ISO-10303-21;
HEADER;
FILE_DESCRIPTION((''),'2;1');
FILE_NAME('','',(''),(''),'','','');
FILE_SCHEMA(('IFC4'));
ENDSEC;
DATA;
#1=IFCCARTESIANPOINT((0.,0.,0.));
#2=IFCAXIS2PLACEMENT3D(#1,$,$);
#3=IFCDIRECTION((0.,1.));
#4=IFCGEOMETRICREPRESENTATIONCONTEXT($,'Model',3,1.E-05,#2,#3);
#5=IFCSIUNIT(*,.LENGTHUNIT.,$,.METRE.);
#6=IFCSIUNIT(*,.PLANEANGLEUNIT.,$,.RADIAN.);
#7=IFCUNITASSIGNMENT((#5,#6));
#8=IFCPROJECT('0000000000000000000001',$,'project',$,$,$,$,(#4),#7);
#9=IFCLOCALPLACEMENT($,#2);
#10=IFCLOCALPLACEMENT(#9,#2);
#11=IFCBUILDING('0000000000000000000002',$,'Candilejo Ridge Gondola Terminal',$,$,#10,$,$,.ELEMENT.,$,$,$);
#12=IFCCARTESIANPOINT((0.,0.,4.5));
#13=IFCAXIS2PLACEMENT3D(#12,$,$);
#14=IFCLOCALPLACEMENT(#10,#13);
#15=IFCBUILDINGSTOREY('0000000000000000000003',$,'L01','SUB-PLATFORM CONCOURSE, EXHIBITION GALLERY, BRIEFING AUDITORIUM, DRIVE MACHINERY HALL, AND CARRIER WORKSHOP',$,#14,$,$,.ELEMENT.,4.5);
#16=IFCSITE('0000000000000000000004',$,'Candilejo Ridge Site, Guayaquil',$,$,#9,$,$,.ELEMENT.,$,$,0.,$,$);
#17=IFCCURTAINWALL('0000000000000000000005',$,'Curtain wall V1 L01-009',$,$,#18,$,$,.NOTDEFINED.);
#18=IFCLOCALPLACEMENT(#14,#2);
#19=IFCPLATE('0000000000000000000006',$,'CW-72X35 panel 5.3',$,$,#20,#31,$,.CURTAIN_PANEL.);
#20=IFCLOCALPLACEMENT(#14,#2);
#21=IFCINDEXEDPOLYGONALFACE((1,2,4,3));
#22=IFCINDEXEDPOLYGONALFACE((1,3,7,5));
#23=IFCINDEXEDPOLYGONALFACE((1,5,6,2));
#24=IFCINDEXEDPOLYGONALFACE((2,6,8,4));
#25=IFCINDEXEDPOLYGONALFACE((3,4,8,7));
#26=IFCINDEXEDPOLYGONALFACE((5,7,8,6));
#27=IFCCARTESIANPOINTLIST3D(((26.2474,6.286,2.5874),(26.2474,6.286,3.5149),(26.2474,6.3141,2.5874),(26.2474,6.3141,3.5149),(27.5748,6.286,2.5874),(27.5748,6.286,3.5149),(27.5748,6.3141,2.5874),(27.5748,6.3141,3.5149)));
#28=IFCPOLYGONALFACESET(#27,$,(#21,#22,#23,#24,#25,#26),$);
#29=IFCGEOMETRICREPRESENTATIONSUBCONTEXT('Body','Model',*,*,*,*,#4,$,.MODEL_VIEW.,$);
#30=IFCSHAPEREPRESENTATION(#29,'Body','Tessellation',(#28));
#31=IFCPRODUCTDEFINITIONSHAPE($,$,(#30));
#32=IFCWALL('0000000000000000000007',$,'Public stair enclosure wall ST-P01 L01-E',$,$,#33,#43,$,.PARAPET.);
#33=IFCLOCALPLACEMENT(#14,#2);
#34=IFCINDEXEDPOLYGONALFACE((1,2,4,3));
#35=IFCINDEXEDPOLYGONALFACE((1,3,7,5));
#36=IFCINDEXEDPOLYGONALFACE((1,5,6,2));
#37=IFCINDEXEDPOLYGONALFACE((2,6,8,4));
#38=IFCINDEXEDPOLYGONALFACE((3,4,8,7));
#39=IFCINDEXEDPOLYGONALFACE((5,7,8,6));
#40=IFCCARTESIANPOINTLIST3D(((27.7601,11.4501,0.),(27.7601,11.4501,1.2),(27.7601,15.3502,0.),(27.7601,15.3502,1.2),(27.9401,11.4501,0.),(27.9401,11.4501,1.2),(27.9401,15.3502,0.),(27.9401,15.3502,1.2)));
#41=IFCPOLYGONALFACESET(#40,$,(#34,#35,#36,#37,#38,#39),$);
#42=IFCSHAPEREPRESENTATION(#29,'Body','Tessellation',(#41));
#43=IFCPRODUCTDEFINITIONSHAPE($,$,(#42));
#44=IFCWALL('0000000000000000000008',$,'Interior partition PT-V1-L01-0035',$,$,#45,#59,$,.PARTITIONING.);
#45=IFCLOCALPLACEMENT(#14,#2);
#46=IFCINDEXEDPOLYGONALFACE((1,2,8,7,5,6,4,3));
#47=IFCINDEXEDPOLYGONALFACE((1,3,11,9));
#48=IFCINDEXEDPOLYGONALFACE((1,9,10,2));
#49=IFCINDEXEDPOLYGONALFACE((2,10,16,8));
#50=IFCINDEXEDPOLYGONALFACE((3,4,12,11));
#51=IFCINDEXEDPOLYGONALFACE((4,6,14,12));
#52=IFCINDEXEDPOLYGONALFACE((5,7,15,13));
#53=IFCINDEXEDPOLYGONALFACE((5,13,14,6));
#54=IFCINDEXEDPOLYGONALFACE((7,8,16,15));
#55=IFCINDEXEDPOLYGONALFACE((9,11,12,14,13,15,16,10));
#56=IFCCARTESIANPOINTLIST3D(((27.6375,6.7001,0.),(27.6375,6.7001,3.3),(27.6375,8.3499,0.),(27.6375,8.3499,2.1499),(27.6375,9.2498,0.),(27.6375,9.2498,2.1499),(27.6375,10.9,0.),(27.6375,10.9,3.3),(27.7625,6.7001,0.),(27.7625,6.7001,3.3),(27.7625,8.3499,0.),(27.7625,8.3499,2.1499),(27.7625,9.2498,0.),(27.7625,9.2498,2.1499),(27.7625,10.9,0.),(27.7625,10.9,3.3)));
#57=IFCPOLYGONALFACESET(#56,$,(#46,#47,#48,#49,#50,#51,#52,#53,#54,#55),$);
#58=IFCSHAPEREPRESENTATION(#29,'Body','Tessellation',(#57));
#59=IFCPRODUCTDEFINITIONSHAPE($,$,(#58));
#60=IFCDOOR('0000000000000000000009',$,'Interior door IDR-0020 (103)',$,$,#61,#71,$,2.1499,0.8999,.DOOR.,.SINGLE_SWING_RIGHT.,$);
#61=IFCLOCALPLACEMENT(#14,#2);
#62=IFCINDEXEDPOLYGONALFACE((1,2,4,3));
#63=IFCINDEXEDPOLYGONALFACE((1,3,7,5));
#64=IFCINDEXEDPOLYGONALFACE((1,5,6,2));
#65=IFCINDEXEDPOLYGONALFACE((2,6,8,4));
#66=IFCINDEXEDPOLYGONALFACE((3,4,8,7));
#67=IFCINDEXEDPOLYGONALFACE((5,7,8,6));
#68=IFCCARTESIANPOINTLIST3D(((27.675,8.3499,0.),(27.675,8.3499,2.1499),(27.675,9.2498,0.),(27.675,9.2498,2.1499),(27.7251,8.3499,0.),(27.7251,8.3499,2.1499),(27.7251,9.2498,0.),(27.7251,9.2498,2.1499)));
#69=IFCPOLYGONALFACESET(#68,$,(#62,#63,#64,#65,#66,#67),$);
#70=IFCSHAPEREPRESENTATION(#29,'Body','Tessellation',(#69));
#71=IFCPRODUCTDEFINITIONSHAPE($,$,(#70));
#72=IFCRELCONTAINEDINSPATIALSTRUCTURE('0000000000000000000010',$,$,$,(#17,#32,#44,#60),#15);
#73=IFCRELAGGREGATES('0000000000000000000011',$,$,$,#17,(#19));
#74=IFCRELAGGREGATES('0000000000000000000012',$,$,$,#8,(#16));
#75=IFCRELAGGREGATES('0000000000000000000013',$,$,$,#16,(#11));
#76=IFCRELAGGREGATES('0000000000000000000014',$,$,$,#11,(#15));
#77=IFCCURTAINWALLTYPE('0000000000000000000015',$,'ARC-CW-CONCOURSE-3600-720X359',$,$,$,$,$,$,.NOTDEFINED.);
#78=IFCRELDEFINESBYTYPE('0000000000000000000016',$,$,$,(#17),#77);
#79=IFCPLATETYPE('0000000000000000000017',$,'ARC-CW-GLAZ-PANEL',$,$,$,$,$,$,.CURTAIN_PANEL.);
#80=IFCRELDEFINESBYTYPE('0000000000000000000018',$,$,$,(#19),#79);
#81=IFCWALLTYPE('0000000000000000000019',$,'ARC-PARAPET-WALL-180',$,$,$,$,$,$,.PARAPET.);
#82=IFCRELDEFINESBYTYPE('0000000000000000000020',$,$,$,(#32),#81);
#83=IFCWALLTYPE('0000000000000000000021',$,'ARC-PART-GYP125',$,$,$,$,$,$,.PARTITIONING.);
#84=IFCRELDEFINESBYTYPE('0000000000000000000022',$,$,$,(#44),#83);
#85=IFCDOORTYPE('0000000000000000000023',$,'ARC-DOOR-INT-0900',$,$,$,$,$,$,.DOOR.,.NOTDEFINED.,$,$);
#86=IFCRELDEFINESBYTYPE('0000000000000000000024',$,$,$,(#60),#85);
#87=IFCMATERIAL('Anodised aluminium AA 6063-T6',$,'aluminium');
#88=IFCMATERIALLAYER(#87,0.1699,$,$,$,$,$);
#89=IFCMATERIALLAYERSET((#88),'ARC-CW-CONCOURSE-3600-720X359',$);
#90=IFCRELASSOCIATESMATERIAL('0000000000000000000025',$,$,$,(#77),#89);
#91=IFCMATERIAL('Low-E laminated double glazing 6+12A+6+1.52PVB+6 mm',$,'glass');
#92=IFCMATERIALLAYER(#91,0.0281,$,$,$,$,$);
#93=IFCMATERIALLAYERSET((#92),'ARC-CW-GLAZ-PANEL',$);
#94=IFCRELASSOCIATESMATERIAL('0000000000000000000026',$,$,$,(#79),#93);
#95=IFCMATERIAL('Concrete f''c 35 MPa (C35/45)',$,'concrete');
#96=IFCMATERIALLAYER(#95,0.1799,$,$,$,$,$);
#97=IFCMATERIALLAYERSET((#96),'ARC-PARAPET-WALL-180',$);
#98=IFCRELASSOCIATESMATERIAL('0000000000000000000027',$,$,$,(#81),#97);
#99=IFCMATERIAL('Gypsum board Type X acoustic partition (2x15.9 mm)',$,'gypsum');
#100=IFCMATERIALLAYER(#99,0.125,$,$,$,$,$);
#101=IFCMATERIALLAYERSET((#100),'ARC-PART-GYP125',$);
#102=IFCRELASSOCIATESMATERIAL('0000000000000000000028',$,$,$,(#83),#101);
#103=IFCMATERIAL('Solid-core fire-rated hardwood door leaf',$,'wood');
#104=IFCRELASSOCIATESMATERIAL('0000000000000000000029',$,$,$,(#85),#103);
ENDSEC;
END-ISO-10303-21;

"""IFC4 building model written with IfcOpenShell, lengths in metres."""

from ifc_helpers import new_model, si_unit, direction, frame, frame_2d, origin, origin_2d, place, context, subcontext, project, spatial, rectangle, extrude, material, layer, layer_set, type_object, element, fill, aggregate, save


model = new_model("IFC4")

# Units and contexts
model_context = context("Model", 3, precision=1e-05, world=origin(), true_north=direction((0.0, 1.0)))
body_context = subcontext(model_context, "Body", "Model", "MODEL_VIEW")
ifc_project = project(units=[si_unit("LENGTHUNIT", "METRE"), si_unit("PLANEANGLEUNIT", "RADIAN")], contexts=[model_context])

# Site, building, storey
site_placement = place(None, origin())
site = spatial("IfcSite", under=ifc_project, at=site_placement, Name="Candilejo Ridge Site, Guayaquil", CompositionType="ELEMENT", RefElevation=0.0)
building_placement = place(site_placement, origin())
building = spatial("IfcBuilding", under=site, at=building_placement, Name="Candilejo Ridge Gondola Terminal", CompositionType="ELEMENT")
storey_placement = place(building_placement, frame((0.0, 0.0, 4.5)))
storey = spatial("IfcBuildingStorey", under=building, at=storey_placement, Name="L01", Description="SUB-PLATFORM CONCOURSE, EXHIBITION GALLERY, BRIEFING AUDITORIUM, DRIVE MACHINERY HALL, AND CARRIER WORKSHOP", CompositionType="ELEMENT", Elevation=4.5)

# Curtain wall
ifc_material_1 = material(Name="Anodised aluminium AA 6063-T6", Category="aluminium")
ifc_layer_1 = layer(ifc_material_1, 0.1699)
ifc_layer_set_1 = layer_set([ifc_layer_1], Name="ARC-CW-CONCOURSE-3600-720X359")
curtain_wall_type = type_object("IfcCurtainWallType", Name="ARC-CW-CONCOURSE-3600-720X359", PredefinedType="NOTDEFINED", material=ifc_layer_set_1)
curtain_wall_placement = place(storey_placement, origin())
curtain_wall = element("IfcCurtainWall", 1, at=curtain_wall_placement, inside=storey, type_object=curtain_wall_type, Name="Curtain wall V1 L01-009", PredefinedType="NOTDEFINED")

# Plate
ifc_material_2 = material(Name="Low-E laminated double glazing 6+12A+6+1.52PVB+6 mm", Category="glass")
ifc_layer_2 = layer(ifc_material_2, 0.0281)
ifc_layer_set_2 = layer_set([ifc_layer_2], Name="ARC-CW-GLAZ-PANEL")
plate_type = type_object("IfcPlateType", Name="ARC-CW-GLAZ-PANEL", PredefinedType="CURTAIN_PANEL", material=ifc_layer_set_2)
plate_1_placement = place(storey_placement, frame((26.9111, 6.3, 2.5874), z_axis=(0.0, 0.0, 1.0), x_axis=(1.0, 0.0, 0.0)))
plate_1 = element("IfcPlate", 2, at=plate_1_placement, type_object=plate_type, Name="CW-72X35 panel 5.3", PredefinedType="CURTAIN_PANEL", context=body_context, shape_type="SweptSolid", body=[
    extrude(rectangle(XDim=1.3274, YDim=0.0281, at=origin_2d()), origin(), (0.0, 0.0, 1.0), 0.9275),
])
aggregate(curtain_wall, [plate_1])

# Wall
ifc_material_3 = material(Name="Concrete f'c 35 MPa (C35/45)", Category="concrete")
ifc_layer_3 = layer(ifc_material_3, 0.1799)
ifc_layer_set_3 = layer_set([ifc_layer_3], Name="ARC-PARAPET-WALL-180")
wall_type_1 = type_object("IfcWallType", Name="ARC-PARAPET-WALL-180", PredefinedType="PARAPET", material=ifc_layer_set_3)
wall_1_placement = place(storey_placement, frame((27.8501, 11.45, 0.0), z_axis=(0.0, 0.0, 1.0), x_axis=(0.0, 1.0, 0.0)))
element("IfcWall", 3, at=wall_1_placement, inside=storey, type_object=wall_type_1, Name="Public stair enclosure wall ST-P01 L01-E", PredefinedType="PARAPET", context=body_context, shape_type="SweptSolid", body=[
    extrude(rectangle(XDim=3.9001, YDim=0.1799, at=frame_2d((1.9502, 0.0))), origin(), (0.0, 0.0, 1.0), 1.2),
])

# Wall, opening, door
ifc_material_4 = material(Name="Gypsum board Type X acoustic partition (2x15.9 mm)", Category="gypsum")
ifc_layer_4 = layer(ifc_material_4, 0.125)
ifc_layer_set_4 = layer_set([ifc_layer_4], Name="ARC-PART-GYP125")
wall_type_2 = type_object("IfcWallType", Name="ARC-PART-GYP125", PredefinedType="PARTITIONING", material=ifc_layer_set_4)
wall_2_placement = place(storey_placement, frame((27.7, 6.7, 0.0), z_axis=(0.0, 0.0, 1.0), x_axis=(0.0, 1.0, 0.0)))
wall_2 = element("IfcWall", 4, at=wall_2_placement, inside=storey, type_object=wall_type_2, Name="Interior partition PT-V1-L01-0035", PredefinedType="PARTITIONING", context=body_context, shape_type="SweptSolid", body=[
    extrude(rectangle(XDim=4.2, YDim=0.125, at=frame_2d((2.1001, 0.0))), origin(), (0.0, 0.0, 1.0), 3.3),
])
opening_placement = place(wall_2_placement, frame((1.6499, 0.0, 0.0)))
opening = element("IfcOpeningElement", 5, at=opening_placement, cuts=wall_2, PredefinedType="OPENING", context=body_context, shape_type="SweptSolid", body=[
    extrude(rectangle(XDim=0.8999, YDim=2.1499, at=frame_2d((0.45, 1.075))), frame((0.0, 0.0725, 0.0), z_axis=(0.0, -1.0, 0.0), x_axis=(1.0, 0.0, 0.0)), (0.0, 0.0, 1.0), 0.145),
])
ifc_material_5 = material(Name="Solid-core fire-rated hardwood door leaf", Category="wood")
door_type = type_object("IfcDoorType", Name="ARC-DOOR-INT-0900", OperationType="NOTDEFINED", PredefinedType="DOOR", material=ifc_material_5)
door_placement = place(opening_placement, origin())
door = element("IfcDoor", 6, at=door_placement, inside=storey, type_object=door_type, Name="Interior door IDR-0020 (103)", OperationType="SINGLE_SWING_RIGHT", OverallHeight=2.1499, OverallWidth=0.8999, PredefinedType="DOOR", context=body_context, shape_type="SweptSolid", body=[
    extrude(rectangle(XDim=0.8999, YDim=2.1499, at=frame_2d((0.45, 1.075))), frame((0.0, 0.0249, 0.0), z_axis=(0.0, -1.0, 0.0), x_axis=(1.0, 0.0, 0.0)), (0.0, 0.0, 1.0), 0.05),
])
fill(opening, door)

save(model, "model.ifc")
